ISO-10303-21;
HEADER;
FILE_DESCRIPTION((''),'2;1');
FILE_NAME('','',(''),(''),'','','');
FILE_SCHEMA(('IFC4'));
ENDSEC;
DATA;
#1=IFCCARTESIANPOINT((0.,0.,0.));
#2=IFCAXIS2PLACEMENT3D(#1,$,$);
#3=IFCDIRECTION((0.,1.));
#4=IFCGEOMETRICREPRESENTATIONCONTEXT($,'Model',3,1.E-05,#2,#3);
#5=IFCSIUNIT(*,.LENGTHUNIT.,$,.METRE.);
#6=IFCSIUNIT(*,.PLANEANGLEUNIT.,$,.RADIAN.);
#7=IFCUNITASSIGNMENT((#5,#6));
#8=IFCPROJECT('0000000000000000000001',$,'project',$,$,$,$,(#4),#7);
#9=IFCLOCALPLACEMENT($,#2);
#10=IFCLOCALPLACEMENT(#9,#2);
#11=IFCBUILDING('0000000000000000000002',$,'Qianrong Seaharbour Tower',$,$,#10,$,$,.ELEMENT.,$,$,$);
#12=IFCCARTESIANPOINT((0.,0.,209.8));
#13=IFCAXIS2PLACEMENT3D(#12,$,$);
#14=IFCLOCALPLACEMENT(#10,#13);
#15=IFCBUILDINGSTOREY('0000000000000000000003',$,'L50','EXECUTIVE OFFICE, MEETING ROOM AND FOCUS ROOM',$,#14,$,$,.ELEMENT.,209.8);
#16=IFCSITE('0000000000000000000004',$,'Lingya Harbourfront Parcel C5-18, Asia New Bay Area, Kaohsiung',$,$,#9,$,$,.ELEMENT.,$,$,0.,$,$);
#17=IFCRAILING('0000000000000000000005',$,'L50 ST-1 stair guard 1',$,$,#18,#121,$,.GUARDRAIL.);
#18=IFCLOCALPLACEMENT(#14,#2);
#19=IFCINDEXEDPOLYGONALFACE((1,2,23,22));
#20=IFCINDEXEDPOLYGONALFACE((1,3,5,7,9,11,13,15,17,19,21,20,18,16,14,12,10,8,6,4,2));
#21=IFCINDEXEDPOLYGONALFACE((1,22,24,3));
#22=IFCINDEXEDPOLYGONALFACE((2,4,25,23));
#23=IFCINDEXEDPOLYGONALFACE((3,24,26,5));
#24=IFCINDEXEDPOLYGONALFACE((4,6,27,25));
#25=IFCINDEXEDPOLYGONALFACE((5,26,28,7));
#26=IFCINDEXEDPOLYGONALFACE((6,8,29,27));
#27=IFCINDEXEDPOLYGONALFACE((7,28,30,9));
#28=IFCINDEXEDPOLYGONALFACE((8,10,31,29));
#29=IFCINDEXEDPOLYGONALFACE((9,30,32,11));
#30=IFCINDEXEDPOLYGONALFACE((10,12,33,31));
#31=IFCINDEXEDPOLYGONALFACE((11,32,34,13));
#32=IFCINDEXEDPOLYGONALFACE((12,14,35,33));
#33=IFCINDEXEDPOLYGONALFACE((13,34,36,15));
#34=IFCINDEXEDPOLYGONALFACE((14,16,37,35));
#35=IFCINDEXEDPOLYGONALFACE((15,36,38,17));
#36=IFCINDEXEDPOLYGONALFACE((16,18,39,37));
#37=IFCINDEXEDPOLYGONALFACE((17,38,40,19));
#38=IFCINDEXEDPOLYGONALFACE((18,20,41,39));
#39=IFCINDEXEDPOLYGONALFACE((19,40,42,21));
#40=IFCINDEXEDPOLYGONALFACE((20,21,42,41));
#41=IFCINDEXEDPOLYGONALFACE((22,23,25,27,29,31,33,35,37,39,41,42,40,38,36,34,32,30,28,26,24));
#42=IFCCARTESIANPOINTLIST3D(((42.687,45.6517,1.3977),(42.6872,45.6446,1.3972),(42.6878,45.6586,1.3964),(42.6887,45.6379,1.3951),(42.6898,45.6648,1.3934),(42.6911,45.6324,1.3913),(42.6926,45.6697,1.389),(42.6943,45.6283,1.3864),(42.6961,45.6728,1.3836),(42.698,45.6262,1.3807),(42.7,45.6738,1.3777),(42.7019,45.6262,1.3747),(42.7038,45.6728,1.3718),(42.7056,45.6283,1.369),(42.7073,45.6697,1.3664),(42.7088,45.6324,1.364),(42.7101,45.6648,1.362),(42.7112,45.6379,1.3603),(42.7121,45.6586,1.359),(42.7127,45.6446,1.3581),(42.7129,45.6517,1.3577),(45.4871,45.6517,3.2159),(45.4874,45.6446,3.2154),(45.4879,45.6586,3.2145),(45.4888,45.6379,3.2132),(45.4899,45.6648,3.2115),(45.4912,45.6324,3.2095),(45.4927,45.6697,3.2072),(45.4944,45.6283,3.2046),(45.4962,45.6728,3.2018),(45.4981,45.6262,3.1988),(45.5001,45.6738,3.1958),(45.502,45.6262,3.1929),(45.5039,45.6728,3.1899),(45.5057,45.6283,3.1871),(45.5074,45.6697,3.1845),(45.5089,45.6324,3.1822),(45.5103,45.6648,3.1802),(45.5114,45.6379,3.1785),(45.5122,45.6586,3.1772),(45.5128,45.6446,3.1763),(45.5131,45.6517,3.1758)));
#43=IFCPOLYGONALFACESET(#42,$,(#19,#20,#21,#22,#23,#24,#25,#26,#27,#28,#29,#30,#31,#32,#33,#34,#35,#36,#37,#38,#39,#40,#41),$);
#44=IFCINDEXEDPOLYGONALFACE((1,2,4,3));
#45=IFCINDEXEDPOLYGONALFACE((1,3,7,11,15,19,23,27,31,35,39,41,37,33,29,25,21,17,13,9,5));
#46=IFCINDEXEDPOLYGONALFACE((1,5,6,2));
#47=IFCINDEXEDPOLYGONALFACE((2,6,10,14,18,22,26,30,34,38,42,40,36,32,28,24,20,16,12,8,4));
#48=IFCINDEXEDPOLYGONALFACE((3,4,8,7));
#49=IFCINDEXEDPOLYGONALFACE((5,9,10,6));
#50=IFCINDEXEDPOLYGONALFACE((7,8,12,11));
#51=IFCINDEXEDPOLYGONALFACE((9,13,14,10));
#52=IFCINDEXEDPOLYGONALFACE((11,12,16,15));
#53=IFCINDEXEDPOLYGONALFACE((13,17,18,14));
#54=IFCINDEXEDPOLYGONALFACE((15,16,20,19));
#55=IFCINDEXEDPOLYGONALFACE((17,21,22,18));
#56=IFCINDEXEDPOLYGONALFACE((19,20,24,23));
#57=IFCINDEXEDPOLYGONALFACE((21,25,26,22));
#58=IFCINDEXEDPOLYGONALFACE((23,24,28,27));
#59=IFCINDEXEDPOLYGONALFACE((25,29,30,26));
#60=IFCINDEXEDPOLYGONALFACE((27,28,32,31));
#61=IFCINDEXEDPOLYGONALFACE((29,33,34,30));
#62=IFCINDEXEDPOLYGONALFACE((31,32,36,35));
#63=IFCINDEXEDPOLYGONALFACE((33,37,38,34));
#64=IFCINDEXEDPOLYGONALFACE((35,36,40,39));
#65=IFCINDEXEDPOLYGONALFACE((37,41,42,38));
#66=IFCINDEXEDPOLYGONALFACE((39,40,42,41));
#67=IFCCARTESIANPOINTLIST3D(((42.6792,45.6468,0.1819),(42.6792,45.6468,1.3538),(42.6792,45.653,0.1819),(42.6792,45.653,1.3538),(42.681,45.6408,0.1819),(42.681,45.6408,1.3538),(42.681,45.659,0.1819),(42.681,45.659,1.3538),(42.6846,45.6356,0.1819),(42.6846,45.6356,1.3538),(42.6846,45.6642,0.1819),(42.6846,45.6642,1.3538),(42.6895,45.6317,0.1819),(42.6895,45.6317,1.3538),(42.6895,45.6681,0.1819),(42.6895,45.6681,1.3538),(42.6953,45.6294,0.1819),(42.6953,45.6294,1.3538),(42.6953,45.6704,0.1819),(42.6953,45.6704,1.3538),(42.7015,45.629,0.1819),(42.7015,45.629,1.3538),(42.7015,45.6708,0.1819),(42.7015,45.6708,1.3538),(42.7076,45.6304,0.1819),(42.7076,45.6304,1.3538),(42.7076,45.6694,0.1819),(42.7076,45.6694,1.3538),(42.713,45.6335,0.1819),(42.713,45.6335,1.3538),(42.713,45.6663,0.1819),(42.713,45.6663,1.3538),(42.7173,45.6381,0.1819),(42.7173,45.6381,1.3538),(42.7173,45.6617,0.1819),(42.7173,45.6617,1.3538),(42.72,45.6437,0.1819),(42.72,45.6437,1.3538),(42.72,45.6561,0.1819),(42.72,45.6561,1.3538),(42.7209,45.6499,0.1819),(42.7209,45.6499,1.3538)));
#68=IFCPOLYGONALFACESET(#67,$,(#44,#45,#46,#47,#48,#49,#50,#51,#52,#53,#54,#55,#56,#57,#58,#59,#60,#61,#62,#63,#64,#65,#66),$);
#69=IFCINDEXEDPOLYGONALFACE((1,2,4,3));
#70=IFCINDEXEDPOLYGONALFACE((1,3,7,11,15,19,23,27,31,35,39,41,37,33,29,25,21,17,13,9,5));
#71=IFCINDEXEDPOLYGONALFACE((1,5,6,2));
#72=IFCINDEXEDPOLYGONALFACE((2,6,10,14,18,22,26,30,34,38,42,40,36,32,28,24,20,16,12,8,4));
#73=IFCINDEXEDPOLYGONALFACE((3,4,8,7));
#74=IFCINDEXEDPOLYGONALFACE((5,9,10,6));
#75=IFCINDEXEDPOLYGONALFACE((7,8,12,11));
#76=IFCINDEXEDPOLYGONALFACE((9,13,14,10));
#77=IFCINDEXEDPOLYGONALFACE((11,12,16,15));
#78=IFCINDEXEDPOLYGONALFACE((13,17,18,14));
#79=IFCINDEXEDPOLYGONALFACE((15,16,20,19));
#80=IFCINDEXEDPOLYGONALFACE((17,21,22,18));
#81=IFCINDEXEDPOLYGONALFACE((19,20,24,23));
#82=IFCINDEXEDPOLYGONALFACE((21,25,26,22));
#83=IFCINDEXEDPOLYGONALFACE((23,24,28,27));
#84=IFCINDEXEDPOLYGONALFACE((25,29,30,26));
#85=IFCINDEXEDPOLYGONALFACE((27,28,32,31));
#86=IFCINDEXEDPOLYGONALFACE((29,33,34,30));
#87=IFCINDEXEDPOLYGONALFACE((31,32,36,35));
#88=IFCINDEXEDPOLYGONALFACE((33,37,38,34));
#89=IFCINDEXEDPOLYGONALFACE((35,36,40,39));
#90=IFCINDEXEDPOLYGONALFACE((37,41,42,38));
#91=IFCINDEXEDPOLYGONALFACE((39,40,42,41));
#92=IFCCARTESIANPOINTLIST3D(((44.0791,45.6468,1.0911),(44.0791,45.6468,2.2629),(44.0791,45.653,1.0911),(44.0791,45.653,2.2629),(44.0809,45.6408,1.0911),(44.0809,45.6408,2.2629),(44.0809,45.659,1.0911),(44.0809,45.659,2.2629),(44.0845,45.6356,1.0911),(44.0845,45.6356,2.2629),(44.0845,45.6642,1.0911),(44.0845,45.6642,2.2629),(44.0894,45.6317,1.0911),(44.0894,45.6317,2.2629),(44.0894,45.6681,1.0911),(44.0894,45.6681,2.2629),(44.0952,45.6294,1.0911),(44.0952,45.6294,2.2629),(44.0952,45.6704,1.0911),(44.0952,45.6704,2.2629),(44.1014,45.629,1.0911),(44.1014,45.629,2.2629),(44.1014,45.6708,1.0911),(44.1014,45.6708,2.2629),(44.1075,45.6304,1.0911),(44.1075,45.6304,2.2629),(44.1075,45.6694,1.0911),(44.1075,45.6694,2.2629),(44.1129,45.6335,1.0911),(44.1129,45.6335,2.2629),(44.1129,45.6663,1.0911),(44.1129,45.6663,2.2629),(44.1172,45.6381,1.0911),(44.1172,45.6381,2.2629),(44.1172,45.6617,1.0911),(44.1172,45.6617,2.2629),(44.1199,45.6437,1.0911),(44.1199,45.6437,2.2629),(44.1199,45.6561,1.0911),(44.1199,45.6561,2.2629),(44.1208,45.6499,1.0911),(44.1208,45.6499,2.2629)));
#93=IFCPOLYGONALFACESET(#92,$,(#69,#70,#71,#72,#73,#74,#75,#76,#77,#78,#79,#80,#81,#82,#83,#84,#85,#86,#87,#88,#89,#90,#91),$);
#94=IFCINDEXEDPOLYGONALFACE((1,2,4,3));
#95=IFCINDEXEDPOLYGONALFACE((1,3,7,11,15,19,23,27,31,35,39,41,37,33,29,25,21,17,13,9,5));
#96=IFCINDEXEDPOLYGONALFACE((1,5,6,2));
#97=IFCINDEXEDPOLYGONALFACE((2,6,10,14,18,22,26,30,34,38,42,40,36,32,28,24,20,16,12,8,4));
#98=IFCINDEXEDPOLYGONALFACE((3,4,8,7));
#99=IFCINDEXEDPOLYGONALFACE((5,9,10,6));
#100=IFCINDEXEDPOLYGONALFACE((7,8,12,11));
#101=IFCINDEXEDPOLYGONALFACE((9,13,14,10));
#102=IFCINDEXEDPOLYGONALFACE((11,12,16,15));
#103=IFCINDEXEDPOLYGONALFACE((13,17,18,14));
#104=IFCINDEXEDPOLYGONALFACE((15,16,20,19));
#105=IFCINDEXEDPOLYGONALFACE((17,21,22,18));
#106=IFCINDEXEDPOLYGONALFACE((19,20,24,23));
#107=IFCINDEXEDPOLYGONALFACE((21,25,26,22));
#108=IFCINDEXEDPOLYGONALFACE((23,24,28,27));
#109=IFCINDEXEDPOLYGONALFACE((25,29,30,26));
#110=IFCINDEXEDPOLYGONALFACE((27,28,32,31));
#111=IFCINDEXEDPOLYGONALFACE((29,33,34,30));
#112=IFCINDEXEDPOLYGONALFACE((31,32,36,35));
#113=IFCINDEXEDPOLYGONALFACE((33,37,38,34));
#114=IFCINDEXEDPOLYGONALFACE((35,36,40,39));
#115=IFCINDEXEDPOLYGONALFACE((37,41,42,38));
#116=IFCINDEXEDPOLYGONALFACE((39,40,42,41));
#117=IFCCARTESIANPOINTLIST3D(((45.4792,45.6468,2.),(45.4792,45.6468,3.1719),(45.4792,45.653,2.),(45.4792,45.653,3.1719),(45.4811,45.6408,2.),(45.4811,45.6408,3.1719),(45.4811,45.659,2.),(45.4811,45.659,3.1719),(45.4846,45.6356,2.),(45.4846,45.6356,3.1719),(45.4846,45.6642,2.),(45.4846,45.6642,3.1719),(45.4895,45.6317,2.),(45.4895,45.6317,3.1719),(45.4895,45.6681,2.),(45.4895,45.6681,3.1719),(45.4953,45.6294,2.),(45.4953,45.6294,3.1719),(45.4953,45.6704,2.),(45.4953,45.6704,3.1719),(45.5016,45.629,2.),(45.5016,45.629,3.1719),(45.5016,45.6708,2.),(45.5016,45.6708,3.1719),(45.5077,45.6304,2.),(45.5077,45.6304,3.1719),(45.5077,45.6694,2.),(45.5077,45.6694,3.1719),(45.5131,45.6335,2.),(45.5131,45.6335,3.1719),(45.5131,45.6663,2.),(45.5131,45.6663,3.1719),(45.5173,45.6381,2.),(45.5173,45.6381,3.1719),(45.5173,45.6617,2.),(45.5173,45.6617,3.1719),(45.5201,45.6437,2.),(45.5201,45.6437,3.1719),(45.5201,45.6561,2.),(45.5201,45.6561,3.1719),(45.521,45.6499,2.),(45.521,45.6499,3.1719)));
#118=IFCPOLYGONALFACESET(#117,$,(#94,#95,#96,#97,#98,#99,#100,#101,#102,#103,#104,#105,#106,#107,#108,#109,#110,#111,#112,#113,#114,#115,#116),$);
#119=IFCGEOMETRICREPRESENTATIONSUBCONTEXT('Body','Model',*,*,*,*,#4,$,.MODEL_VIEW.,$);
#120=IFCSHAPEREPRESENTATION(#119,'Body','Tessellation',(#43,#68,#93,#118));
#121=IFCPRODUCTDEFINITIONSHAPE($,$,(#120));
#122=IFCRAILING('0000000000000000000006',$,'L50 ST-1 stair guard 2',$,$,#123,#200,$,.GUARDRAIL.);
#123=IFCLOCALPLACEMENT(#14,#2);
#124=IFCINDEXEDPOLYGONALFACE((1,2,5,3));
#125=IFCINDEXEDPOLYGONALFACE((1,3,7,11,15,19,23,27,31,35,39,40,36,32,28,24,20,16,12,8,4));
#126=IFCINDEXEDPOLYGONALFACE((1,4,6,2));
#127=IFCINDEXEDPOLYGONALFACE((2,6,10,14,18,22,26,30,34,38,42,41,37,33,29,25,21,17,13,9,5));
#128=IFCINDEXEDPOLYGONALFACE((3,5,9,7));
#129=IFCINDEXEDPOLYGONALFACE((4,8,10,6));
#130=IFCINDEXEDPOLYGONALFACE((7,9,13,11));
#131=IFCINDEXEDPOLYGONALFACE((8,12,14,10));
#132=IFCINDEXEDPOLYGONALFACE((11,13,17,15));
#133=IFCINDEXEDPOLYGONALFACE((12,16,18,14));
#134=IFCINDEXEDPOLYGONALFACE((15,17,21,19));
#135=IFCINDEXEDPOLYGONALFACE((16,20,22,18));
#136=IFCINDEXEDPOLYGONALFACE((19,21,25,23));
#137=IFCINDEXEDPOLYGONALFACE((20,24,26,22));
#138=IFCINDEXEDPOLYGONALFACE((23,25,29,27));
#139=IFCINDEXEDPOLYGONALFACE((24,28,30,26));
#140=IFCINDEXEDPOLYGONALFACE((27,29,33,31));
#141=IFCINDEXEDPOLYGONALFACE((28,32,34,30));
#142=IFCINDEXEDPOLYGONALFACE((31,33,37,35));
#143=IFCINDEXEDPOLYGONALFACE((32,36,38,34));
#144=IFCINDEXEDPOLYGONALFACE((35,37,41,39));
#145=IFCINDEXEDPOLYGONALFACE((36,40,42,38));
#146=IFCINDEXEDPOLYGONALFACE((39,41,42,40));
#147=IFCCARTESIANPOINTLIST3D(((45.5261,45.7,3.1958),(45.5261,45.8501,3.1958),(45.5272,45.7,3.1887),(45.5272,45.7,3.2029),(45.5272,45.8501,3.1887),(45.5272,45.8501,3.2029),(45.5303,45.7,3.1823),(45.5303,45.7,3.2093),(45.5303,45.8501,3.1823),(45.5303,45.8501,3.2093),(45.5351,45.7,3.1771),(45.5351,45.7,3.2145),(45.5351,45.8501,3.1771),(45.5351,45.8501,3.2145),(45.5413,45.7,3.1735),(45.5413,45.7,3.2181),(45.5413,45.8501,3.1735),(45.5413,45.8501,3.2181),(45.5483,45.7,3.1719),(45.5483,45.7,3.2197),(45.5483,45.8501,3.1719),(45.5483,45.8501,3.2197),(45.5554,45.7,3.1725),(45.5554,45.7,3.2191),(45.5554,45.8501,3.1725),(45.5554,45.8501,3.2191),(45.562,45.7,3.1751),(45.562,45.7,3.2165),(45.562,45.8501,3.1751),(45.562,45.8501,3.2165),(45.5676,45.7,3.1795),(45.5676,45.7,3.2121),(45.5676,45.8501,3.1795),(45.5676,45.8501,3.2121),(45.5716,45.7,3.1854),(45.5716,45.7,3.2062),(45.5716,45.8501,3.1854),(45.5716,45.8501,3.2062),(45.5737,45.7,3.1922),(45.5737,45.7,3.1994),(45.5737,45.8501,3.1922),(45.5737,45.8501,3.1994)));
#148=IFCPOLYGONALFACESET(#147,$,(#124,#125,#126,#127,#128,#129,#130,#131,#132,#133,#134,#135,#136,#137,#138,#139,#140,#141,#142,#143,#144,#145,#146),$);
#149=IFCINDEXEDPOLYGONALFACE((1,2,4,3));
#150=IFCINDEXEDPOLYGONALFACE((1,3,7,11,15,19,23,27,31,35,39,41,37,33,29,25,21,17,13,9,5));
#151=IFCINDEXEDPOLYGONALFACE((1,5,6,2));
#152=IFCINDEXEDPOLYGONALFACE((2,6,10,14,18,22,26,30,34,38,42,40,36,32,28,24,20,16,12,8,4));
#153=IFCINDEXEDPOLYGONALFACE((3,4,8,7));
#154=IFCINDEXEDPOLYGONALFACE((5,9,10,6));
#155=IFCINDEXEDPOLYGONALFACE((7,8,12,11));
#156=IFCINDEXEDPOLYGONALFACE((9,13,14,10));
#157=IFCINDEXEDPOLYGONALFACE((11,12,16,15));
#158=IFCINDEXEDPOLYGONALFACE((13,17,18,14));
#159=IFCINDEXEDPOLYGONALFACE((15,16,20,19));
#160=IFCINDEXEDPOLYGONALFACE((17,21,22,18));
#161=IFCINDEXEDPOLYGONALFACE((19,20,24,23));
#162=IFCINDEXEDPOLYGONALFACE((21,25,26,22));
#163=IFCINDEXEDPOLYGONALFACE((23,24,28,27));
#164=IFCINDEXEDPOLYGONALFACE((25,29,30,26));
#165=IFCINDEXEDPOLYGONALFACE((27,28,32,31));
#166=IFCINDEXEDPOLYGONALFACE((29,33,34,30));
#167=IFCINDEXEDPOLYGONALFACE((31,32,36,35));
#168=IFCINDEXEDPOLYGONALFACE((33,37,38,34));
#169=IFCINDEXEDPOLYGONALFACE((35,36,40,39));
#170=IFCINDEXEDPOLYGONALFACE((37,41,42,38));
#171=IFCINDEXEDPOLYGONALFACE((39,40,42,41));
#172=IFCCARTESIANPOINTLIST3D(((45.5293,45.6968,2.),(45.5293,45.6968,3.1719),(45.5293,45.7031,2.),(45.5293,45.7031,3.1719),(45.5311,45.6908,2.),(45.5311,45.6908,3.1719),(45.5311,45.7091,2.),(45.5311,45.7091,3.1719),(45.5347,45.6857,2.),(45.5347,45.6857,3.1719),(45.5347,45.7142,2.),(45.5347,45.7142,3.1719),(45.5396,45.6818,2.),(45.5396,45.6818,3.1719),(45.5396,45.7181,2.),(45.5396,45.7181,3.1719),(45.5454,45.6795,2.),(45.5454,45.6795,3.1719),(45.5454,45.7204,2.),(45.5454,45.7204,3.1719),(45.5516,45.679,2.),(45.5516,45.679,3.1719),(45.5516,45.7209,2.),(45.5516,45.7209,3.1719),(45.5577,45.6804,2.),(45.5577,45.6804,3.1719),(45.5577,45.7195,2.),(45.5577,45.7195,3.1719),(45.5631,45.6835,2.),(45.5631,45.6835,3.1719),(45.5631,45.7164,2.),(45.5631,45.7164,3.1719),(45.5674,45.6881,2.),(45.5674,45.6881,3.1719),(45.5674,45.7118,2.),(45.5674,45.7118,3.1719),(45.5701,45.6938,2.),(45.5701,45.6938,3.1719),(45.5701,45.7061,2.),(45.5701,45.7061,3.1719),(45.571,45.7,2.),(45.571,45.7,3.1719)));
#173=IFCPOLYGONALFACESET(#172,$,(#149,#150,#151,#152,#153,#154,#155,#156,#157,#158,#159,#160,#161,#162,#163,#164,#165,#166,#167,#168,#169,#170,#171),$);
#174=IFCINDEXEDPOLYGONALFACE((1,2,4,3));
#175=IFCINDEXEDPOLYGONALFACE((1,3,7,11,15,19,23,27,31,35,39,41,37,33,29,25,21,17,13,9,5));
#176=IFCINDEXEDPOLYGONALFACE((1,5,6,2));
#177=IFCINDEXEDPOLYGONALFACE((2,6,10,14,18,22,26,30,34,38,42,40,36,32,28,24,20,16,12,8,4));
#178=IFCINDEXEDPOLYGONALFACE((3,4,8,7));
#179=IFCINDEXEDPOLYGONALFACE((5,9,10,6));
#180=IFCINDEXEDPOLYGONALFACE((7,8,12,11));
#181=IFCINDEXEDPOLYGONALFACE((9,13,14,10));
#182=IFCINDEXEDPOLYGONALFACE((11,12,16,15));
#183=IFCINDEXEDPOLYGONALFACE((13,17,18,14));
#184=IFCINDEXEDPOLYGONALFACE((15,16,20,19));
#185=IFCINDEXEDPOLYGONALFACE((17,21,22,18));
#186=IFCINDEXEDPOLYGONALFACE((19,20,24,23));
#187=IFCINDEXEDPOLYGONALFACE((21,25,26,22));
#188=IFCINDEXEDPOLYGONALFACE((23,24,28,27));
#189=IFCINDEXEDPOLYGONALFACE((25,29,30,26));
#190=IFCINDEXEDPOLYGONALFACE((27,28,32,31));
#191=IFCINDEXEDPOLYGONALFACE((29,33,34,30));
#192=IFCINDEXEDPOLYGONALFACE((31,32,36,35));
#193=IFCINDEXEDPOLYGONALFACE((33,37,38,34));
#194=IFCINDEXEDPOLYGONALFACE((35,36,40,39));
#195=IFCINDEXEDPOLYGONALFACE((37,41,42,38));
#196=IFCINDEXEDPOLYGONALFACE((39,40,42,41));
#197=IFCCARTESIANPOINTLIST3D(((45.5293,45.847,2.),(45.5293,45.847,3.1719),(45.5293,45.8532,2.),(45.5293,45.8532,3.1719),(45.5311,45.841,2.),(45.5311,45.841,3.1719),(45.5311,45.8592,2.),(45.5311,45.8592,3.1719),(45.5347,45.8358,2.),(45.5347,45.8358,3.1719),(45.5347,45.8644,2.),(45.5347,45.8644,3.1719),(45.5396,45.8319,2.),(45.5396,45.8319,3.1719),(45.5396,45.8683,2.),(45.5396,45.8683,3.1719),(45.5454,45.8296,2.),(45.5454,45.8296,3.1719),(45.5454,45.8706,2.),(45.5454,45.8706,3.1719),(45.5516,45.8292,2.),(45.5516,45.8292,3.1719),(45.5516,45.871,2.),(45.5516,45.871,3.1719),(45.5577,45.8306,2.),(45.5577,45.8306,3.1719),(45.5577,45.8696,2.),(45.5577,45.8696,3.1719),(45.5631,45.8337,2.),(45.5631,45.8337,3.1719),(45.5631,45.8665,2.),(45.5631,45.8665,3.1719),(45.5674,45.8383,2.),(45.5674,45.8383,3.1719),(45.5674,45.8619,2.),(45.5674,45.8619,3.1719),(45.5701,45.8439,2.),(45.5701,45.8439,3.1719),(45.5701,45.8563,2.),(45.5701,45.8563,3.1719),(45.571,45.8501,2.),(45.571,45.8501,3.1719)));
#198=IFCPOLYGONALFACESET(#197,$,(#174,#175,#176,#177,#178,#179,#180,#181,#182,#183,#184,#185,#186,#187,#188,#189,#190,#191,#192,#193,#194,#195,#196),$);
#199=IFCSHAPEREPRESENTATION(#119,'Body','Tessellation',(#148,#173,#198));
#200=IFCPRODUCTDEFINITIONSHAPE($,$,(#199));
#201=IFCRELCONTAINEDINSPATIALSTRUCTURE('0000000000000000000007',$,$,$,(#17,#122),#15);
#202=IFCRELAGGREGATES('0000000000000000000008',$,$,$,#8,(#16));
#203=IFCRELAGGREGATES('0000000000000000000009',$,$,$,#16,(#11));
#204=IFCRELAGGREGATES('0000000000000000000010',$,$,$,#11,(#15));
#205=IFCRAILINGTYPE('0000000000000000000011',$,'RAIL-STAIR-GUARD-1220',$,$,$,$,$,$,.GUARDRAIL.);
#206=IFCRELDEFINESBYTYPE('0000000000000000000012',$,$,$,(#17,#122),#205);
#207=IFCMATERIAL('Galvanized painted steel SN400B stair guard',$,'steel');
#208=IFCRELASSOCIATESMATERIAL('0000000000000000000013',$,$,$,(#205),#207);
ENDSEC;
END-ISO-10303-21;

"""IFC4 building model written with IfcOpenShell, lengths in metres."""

from ifc_helpers import new_model, si_unit, direction, frame, origin, origin_2d, place, context, subcontext, project, spatial, circle, extrude, material, type_object, element, save


model = new_model("IFC4")

# Units and contexts
model_context = context("Model", 3, precision=1e-05, world=origin(), true_north=direction((0.0, 1.0)))
body_context = subcontext(model_context, "Body", "Model", "MODEL_VIEW")
ifc_project = project(units=[si_unit("LENGTHUNIT", "METRE"), si_unit("PLANEANGLEUNIT", "RADIAN")], contexts=[model_context])

# Site, building, storey
site_placement = place(None, origin())
site = spatial("IfcSite", under=ifc_project, at=site_placement, Name="Lingya Harbourfront Parcel C5-18, Asia New Bay Area, Kaohsiung", CompositionType="ELEMENT", RefElevation=0.0)
building_placement = place(site_placement, origin())
building = spatial("IfcBuilding", under=site, at=building_placement, Name="Qianrong Seaharbour Tower", CompositionType="ELEMENT")
storey_placement = place(building_placement, frame((0.0, 0.0, 209.8)))
storey = spatial("IfcBuildingStorey", under=building, at=storey_placement, Name="L50", Description="EXECUTIVE OFFICE, MEETING ROOM AND FOCUS ROOM", CompositionType="ELEMENT", Elevation=209.8)

# Railings
ifc_material_1 = material(Name="Galvanized painted steel SN400B stair guard", Category="steel")
railing_type_1 = type_object("IfcRailingType", Name="RAIL-STAIR-GUARD-1220", PredefinedType="GUARDRAIL", material=ifc_material_1)
railing_1_placement = place(storey_placement, frame((42.7, 45.6499, 0.1819)))
element("IfcRailing", 1, at=railing_1_placement, inside=storey, type_object=railing_type_1, Name="L50 ST-1 stair guard 1", PredefinedType="GUARDRAIL", context=body_context, shape_type="SweptSolid", body=[
    extrude(circle(Radius=0.0239, at=origin_2d()), frame((0.0, 0.0, 1.1958), z_axis=(0.838706, 0.0, 0.544585), x_axis=(0.0, 1.0, 0.0)), (0.0, 0.0, 1.0), 3.3386),
    extrude(circle(Radius=0.021, at=origin_2d()), origin(), (0.0, 0.0, 1.0), 1.1719),
    extrude(circle(Radius=0.021, at=origin_2d()), frame((1.3999, 0.0, 0.9092)), (0.0, 0.0, 1.0), 1.1719),
    extrude(circle(Radius=0.021, at=origin_2d()), frame((2.8, 0.0, 1.8181)), (0.0, 0.0, 1.0), 1.1719),
])
railing_2_placement = place(storey_placement, frame((45.55, 45.7, 2.0)))
element("IfcRailing", 2, at=railing_2_placement, inside=storey, type_object=railing_type_1, Name="L50 ST-1 stair guard 2", PredefinedType="GUARDRAIL", context=body_context, shape_type="SweptSolid", body=[
    extrude(circle(Radius=0.0239, at=origin_2d()), frame((0.0, 0.0, 1.1958), z_axis=(0.0, 1.0, 0.0), x_axis=(-1.0, 0.0, 0.0)), (0.0, 0.0, 1.0), 0.1501),
    extrude(circle(Radius=0.021, at=origin_2d()), origin(), (0.0, 0.0, 1.0), 1.1719),
    extrude(circle(Radius=0.021, at=origin_2d()), frame((0.0, 0.1501, 0.0)), (0.0, 0.0, 1.0), 1.1719),
])

save(model, "model.ifc")
